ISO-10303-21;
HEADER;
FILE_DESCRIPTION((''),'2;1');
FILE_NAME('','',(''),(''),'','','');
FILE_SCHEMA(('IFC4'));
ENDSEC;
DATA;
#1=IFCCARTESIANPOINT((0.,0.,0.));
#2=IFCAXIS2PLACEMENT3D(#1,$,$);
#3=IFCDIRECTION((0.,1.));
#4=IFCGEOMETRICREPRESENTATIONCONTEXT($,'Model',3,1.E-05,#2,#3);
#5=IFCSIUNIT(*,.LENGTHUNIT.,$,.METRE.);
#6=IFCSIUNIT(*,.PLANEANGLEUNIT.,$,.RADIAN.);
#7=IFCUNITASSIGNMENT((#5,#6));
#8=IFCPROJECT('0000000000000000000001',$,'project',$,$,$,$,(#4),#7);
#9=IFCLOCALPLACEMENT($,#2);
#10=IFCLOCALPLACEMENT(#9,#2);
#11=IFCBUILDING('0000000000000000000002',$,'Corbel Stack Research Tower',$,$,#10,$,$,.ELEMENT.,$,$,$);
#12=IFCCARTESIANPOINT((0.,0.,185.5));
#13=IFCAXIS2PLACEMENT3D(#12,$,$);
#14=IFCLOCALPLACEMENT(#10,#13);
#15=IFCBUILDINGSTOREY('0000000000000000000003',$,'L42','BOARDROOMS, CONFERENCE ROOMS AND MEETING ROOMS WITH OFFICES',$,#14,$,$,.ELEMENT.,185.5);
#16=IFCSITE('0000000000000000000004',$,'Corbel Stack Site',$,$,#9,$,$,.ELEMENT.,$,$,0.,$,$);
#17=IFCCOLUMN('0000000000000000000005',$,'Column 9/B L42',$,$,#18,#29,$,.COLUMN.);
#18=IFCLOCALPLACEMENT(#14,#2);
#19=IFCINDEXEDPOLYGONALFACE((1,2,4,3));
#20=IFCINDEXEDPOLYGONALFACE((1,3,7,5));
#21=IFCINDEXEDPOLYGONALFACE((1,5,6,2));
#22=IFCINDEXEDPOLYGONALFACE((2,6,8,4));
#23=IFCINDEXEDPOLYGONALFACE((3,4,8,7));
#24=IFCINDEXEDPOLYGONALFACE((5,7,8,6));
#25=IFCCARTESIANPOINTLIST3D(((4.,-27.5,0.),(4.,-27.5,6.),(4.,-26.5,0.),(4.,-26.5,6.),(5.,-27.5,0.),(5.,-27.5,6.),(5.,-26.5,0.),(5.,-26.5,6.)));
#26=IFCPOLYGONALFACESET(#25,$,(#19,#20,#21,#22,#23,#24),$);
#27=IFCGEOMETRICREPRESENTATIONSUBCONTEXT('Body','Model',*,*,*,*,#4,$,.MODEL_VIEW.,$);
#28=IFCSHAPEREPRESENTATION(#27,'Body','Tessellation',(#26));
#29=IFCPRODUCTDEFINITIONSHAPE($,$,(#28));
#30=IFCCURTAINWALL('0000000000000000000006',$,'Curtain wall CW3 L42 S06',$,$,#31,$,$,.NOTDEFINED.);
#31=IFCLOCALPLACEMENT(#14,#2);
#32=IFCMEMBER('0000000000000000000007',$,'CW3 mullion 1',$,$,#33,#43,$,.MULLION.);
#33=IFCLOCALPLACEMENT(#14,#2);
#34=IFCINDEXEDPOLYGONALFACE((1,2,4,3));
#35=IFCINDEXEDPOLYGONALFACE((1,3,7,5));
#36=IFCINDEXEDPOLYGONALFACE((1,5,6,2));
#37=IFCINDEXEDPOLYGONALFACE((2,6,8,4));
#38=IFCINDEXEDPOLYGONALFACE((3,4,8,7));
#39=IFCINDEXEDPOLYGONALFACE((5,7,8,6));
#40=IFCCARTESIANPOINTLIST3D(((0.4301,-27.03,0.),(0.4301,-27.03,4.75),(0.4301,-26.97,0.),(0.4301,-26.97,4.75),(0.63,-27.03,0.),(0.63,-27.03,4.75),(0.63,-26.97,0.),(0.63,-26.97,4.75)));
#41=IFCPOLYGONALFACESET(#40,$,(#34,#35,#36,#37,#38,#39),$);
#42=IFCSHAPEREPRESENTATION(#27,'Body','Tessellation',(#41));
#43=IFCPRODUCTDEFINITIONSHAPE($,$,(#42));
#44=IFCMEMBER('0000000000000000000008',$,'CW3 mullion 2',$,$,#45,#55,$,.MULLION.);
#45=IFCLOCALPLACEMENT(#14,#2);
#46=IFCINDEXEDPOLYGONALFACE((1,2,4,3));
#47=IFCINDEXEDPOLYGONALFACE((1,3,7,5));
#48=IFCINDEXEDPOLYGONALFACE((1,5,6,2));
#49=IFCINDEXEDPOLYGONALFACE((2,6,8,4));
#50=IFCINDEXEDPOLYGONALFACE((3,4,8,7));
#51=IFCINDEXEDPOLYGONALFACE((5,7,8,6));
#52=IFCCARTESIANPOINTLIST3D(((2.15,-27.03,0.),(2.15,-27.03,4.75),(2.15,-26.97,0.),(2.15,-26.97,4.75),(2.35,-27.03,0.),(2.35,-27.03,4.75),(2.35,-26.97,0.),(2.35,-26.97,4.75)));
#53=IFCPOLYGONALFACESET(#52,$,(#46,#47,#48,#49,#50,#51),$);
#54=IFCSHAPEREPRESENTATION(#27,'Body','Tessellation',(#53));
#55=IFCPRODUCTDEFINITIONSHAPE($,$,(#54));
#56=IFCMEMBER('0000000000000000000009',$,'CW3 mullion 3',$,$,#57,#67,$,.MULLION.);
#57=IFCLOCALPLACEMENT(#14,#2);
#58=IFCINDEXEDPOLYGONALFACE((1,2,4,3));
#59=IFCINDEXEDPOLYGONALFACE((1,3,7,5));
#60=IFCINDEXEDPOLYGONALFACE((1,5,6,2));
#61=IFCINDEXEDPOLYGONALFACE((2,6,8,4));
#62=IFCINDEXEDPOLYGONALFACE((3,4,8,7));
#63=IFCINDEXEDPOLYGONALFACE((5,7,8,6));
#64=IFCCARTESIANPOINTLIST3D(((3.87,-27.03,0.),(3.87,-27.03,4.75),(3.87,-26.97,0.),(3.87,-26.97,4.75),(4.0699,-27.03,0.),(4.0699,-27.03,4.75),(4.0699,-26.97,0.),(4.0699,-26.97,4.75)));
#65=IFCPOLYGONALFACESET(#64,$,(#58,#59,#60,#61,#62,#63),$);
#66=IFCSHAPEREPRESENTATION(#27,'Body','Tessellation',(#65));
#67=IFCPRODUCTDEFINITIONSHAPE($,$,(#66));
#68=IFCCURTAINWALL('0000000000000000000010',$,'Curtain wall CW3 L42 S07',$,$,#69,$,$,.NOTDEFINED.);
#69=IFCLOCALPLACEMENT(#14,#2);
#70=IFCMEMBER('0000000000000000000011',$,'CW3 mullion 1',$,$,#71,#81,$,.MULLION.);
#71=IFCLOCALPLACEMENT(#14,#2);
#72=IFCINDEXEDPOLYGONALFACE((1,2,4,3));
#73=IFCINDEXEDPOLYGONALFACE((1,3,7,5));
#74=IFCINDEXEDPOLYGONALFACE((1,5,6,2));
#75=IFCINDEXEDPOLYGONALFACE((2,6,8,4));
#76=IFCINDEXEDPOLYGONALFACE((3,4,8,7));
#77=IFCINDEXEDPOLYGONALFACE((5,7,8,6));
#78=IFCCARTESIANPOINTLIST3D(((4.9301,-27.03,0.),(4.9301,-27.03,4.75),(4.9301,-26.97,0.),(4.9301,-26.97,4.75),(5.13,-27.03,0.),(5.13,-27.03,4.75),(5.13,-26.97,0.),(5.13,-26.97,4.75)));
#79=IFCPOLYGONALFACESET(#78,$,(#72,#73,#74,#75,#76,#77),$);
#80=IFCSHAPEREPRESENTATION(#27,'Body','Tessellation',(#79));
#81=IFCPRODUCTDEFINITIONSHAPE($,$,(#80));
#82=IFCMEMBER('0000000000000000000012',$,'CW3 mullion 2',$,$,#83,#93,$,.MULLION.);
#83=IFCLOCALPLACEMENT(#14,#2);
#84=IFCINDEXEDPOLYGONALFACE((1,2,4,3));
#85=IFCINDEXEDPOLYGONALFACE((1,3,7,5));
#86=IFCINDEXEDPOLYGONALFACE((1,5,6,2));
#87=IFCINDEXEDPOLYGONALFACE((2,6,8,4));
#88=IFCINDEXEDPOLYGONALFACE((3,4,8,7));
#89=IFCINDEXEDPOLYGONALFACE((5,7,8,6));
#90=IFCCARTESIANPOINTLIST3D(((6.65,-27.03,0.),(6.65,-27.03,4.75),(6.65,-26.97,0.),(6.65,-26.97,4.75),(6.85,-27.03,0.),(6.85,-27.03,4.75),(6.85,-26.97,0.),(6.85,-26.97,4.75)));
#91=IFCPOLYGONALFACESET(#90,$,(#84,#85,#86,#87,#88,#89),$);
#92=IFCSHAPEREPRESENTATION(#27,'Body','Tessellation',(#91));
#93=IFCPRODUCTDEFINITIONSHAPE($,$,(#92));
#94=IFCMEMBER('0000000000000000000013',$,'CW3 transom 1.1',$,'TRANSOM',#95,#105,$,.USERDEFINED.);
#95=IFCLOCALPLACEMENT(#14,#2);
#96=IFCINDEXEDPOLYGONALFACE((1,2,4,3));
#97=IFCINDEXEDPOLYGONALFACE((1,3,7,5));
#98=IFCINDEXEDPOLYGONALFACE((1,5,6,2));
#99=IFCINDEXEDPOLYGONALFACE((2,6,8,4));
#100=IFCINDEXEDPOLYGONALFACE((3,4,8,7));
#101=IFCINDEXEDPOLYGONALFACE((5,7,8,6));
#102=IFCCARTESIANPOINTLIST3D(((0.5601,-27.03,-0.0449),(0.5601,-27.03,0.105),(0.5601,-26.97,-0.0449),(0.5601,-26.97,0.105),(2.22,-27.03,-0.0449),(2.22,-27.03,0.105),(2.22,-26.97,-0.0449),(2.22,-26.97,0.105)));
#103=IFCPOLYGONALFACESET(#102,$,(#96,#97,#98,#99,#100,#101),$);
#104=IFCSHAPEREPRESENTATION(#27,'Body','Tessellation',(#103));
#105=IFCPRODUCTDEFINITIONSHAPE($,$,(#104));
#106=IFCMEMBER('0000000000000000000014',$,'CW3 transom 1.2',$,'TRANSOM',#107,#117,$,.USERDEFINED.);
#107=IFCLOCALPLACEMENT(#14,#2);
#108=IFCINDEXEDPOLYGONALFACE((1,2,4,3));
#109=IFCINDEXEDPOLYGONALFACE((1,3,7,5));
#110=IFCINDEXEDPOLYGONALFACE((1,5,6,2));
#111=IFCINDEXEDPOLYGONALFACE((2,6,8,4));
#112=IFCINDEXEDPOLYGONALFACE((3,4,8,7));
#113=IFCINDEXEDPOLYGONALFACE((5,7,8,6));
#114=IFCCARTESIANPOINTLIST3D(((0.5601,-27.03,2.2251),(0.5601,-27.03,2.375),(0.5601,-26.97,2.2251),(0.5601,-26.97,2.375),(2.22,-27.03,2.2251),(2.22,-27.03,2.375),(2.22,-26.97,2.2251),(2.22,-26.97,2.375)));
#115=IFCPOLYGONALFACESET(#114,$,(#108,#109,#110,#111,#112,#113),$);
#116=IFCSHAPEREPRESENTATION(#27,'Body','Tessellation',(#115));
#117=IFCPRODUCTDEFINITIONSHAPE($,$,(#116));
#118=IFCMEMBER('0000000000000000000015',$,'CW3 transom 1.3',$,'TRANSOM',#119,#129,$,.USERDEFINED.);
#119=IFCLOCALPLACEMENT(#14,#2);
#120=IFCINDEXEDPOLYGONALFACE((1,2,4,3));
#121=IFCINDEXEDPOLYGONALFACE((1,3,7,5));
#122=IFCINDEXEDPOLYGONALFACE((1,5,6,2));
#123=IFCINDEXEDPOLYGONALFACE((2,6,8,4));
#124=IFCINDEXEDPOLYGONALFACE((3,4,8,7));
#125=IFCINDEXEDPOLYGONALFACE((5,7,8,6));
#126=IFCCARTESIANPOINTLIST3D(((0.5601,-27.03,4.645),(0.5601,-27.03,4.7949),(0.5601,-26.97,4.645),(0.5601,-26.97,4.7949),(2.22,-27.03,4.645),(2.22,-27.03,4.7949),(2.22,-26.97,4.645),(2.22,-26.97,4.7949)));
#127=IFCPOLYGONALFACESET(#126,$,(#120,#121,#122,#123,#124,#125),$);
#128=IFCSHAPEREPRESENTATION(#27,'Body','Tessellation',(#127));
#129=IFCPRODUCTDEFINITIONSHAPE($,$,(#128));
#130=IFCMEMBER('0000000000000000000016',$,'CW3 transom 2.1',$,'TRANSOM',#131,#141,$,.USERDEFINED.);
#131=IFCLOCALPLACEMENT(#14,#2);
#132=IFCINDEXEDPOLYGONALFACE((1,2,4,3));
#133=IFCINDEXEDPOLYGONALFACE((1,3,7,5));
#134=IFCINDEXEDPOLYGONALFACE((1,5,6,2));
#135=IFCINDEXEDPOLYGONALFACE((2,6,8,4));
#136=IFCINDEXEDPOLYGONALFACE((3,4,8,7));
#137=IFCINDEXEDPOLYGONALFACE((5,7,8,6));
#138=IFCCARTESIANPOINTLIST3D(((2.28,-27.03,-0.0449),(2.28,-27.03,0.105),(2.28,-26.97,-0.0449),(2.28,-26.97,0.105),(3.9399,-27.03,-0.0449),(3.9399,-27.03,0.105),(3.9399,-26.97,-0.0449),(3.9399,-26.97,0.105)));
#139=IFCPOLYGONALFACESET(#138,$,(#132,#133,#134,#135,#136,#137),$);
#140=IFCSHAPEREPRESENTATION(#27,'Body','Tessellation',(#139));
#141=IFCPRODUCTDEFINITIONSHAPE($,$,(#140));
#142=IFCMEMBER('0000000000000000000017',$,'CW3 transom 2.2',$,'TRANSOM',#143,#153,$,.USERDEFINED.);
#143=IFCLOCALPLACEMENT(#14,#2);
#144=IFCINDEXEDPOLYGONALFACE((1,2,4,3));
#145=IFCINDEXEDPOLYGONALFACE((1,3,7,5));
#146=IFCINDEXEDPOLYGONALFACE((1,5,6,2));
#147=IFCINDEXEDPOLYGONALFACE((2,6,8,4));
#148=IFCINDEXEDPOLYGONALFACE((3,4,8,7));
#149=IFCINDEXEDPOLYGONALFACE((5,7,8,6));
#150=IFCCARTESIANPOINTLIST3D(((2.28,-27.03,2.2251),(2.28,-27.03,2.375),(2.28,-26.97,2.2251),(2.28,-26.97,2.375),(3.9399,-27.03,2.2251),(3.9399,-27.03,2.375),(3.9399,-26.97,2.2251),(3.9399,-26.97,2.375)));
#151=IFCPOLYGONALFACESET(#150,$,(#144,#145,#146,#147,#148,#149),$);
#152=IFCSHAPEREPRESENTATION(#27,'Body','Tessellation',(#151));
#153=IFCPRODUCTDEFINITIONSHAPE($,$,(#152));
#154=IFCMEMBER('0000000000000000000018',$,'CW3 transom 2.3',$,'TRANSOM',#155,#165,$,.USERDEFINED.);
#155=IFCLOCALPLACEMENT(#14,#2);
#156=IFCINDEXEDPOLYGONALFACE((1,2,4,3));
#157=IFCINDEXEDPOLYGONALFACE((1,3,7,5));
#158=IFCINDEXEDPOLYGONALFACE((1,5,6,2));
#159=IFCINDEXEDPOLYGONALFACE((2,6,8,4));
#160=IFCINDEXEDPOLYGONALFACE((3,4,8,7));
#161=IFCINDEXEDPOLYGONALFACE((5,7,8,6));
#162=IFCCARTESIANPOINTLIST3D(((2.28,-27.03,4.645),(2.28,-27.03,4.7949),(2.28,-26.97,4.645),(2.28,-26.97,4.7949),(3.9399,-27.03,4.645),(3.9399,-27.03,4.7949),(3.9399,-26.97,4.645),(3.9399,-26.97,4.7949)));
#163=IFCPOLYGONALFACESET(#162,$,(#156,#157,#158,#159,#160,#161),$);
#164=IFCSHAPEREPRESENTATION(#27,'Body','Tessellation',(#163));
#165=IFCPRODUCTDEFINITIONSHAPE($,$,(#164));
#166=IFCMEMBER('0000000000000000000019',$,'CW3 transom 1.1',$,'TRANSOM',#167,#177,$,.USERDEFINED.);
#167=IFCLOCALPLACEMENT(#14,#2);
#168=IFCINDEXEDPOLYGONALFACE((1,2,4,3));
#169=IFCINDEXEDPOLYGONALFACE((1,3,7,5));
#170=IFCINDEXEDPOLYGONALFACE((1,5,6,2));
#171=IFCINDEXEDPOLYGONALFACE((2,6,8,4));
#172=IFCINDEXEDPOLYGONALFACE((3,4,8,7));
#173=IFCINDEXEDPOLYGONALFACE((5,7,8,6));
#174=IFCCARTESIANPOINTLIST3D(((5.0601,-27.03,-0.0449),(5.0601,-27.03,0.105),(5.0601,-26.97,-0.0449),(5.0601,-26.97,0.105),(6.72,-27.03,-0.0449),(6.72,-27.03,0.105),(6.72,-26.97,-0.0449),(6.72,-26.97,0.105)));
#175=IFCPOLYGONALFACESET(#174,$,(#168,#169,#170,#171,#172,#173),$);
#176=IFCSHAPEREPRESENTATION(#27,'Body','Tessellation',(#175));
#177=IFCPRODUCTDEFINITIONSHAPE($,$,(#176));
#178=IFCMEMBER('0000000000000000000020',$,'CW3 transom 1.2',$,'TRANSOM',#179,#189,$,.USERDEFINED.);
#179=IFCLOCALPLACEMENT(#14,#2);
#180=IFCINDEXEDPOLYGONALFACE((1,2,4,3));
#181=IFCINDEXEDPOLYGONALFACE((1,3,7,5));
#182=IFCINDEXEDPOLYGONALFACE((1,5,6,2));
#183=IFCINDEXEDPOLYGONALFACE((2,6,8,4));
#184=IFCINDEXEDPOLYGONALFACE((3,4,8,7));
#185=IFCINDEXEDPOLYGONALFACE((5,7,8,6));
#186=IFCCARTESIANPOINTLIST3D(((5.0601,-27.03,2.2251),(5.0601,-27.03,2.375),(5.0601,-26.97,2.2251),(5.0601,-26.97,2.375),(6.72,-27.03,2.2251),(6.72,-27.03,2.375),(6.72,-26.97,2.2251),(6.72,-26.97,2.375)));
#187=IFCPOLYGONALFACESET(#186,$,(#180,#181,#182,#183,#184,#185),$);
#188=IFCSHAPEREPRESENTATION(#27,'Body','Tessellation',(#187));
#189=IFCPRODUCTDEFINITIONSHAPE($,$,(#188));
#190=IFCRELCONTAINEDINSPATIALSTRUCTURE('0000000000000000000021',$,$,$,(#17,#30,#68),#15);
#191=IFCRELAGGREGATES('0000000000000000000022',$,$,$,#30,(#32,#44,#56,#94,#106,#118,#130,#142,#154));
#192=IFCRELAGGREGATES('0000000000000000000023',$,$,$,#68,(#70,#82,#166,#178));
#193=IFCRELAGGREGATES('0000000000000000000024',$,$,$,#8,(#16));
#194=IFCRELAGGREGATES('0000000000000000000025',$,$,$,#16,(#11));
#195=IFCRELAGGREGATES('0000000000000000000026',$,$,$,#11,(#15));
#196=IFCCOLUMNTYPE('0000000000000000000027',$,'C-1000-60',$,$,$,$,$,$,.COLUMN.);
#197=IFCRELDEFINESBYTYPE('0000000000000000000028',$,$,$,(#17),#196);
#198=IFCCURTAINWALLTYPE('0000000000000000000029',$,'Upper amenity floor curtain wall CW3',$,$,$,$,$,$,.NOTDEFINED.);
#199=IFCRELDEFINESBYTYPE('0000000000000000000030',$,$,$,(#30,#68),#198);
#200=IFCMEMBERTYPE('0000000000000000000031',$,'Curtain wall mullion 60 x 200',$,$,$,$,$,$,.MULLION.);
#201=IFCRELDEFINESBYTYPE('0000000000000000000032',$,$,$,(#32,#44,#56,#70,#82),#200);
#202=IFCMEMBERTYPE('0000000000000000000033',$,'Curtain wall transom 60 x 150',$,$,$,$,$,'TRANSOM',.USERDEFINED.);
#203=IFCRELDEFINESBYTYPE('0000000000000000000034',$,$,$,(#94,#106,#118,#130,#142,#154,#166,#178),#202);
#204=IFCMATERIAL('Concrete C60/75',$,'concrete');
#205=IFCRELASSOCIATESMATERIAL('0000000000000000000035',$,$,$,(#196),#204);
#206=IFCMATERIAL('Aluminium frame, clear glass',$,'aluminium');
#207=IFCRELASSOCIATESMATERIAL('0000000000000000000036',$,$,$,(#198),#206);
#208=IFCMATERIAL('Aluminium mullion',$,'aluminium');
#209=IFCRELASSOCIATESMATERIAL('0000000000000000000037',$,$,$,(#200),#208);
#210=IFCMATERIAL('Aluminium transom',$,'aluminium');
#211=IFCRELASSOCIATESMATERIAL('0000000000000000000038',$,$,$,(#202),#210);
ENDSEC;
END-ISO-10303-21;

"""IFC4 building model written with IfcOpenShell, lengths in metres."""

from ifc_helpers import new_model, si_unit, direction, frame, origin, origin_2d, place, context, subcontext, project, spatial, rectangle, extrude, material, material_profile, profile_set, type_object, element, aggregate, save


model = new_model("IFC4")

# Units and contexts
model_context = context("Model", 3, precision=1e-05, world=origin(), true_north=direction((0.0, 1.0)))
body_context = subcontext(model_context, "Body", "Model", "MODEL_VIEW")
ifc_project = project(units=[si_unit("LENGTHUNIT", "METRE"), si_unit("PLANEANGLEUNIT", "RADIAN")], contexts=[model_context])

# Site, building, storey
site_placement = place(None, origin())
site = spatial("IfcSite", under=ifc_project, at=site_placement, Name="Corbel Stack Site", CompositionType="ELEMENT", RefElevation=0.0)
building_placement = place(site_placement, origin())
building = spatial("IfcBuilding", under=site, at=building_placement, Name="Corbel Stack Research Tower", CompositionType="ELEMENT")
storey_placement = place(building_placement, frame((0.0, 0.0, 185.5)))
storey = spatial("IfcBuildingStorey", under=building, at=storey_placement, Name="L42", Description="BOARDROOMS, CONFERENCE ROOMS AND MEETING ROOMS WITH OFFICES", CompositionType="ELEMENT", Elevation=185.5)

# Column
ifc_material_1 = material(Name="Concrete C60/75", Category="concrete")
ifc_material_profile_1 = material_profile(ifc_material_1, rectangle(XDim=1.0, YDim=1.0, at=origin_2d()), Name="RC 1000 x 1000")
ifc_profile_set_1 = profile_set([ifc_material_profile_1], Name="Concrete C60/75")
column_type = type_object("IfcColumnType", Name="C-1000-60", PredefinedType="COLUMN", material=ifc_profile_set_1)
column_placement = place(storey_placement, frame((4.5, -27.0, 0.0), z_axis=(0.0, 0.0, 1.0), x_axis=(1.0, 0.0, 0.0)))
element("IfcColumn", 1, at=column_placement, inside=storey, type_object=column_type, Name="Column 9/B L42", PredefinedType="COLUMN", context=body_context, shape_type="SweptSolid", body=[
    extrude(rectangle(XDim=1.0, YDim=1.0, at=origin_2d()), origin(), (0.0, 0.0, 1.0), 6.0),
])

# Curtain walls, members
ifc_material_2 = material(Name="Aluminium frame, clear glass", Category="aluminium")
curtain_wall_type = type_object("IfcCurtainWallType", Name="Upper amenity floor curtain wall CW3", PredefinedType="NOTDEFINED", material=ifc_material_2)
curtain_wall_1_placement = place(storey_placement, origin())
curtain_wall_1 = element("IfcCurtainWall", 2, at=curtain_wall_1_placement, inside=storey, type_object=curtain_wall_type, Name="Curtain wall CW3 L42 S06", PredefinedType="NOTDEFINED")
ifc_material_3 = material(Name="Aluminium mullion", Category="aluminium")
ifc_material_profile_2 = material_profile(ifc_material_3, rectangle(XDim=0.0601, YDim=0.2, at=origin_2d()), Name="Mullion 60 x 200")
ifc_profile_set_2 = profile_set([ifc_material_profile_2], Name="Aluminium mullion")
member_type_1 = type_object("IfcMemberType", Name="Curtain wall mullion 60 x 200", PredefinedType="MULLION", material=ifc_profile_set_2)
member_1_placement = place(storey_placement, frame((0.53, -27.0, 0.0), z_axis=(0.0, 0.0, 1.0), x_axis=(0.0, 1.0, 0.0)))
member_1 = element("IfcMember", 3, at=member_1_placement, type_object=member_type_1, Name="CW3 mullion 1", PredefinedType="MULLION", context=body_context, shape_type="SweptSolid", body=[
    extrude(rectangle(XDim=0.0601, YDim=0.2, at=origin_2d()), origin(), (0.0, 0.0, 1.0), 4.75),
])
member_2_placement = place(storey_placement, frame((2.25, -27.0, 0.0), z_axis=(0.0, 0.0, 1.0), x_axis=(0.0, 1.0, 0.0)))
member_2 = element("IfcMember", 4, at=member_2_placement, type_object=member_type_1, Name="CW3 mullion 2", PredefinedType="MULLION", context=body_context, shape_type="SweptSolid", body=[
    extrude(rectangle(XDim=0.0601, YDim=0.2, at=origin_2d()), origin(), (0.0, 0.0, 1.0), 4.75),
])
member_3_placement = place(storey_placement, frame((3.97, -27.0, 0.0), z_axis=(0.0, 0.0, 1.0), x_axis=(0.0, 1.0, 0.0)))
member_3 = element("IfcMember", 5, at=member_3_placement, type_object=member_type_1, Name="CW3 mullion 3", PredefinedType="MULLION", context=body_context, shape_type="SweptSolid", body=[
    extrude(rectangle(XDim=0.0601, YDim=0.2, at=origin_2d()), origin(), (0.0, 0.0, 1.0), 4.75),
])
curtain_wall_2_placement = place(storey_placement, origin())
curtain_wall_2 = element("IfcCurtainWall", 6, at=curtain_wall_2_placement, inside=storey, type_object=curtain_wall_type, Name="Curtain wall CW3 L42 S07", PredefinedType="NOTDEFINED")
member_4_placement = place(storey_placement, frame((5.03, -27.0, 0.0), z_axis=(0.0, 0.0, 1.0), x_axis=(0.0, 1.0, 0.0)))
member_4 = element("IfcMember", 7, at=member_4_placement, type_object=member_type_1, Name="CW3 mullion 1", PredefinedType="MULLION", context=body_context, shape_type="SweptSolid", body=[
    extrude(rectangle(XDim=0.0601, YDim=0.2, at=origin_2d()), origin(), (0.0, 0.0, 1.0), 4.75),
])
member_5_placement = place(storey_placement, frame((6.75, -27.0, 0.0), z_axis=(0.0, 0.0, 1.0), x_axis=(0.0, 1.0, 0.0)))
member_5 = element("IfcMember", 8, at=member_5_placement, type_object=member_type_1, Name="CW3 mullion 2", PredefinedType="MULLION", context=body_context, shape_type="SweptSolid", body=[
    extrude(rectangle(XDim=0.0601, YDim=0.2, at=origin_2d()), origin(), (0.0, 0.0, 1.0), 4.75),
])

# Members
ifc_material_4 = material(Name="Aluminium transom", Category="aluminium")
ifc_material_profile_3 = material_profile(ifc_material_4, rectangle(XDim=0.0601, YDim=0.1499, at=origin_2d()), Name="Transom 60 x 150")
ifc_profile_set_3 = profile_set([ifc_material_profile_3], Name="Aluminium transom")
member_type_2 = type_object("IfcMemberType", Name="Curtain wall transom 60 x 150", ElementType="TRANSOM", PredefinedType="USERDEFINED", material=ifc_profile_set_3)
member_6_placement = place(storey_placement, frame((0.5601, -27.0, 0.03), z_axis=(1.0, 0.0, 0.0), x_axis=(0.0, 1.0, 0.0)))
member_6 = element("IfcMember", 9, at=member_6_placement, type_object=member_type_2, Name="CW3 transom 1.1", ObjectType="TRANSOM", PredefinedType="USERDEFINED", context=body_context, shape_type="SweptSolid", body=[
    extrude(rectangle(XDim=0.0601, YDim=0.1499, at=origin_2d()), origin(), (0.0, 0.0, 1.0), 1.6599),
])
member_7_placement = place(storey_placement, frame((0.5601, -27.0, 2.3), z_axis=(1.0, 0.0, 0.0), x_axis=(0.0, 1.0, 0.0)))
member_7 = element("IfcMember", 10, at=member_7_placement, type_object=member_type_2, Name="CW3 transom 1.2", ObjectType="TRANSOM", PredefinedType="USERDEFINED", context=body_context, shape_type="SweptSolid", body=[
    extrude(rectangle(XDim=0.0601, YDim=0.1499, at=origin_2d()), origin(), (0.0, 0.0, 1.0), 1.6599),
])
member_8_placement = place(storey_placement, frame((0.5601, -27.0, 4.72), z_axis=(1.0, 0.0, 0.0), x_axis=(0.0, 1.0, 0.0)))
member_8 = element("IfcMember", 11, at=member_8_placement, type_object=member_type_2, Name="CW3 transom 1.3", ObjectType="TRANSOM", PredefinedType="USERDEFINED", context=body_context, shape_type="SweptSolid", body=[
    extrude(rectangle(XDim=0.0601, YDim=0.1499, at=origin_2d()), origin(), (0.0, 0.0, 1.0), 1.6599),
])
member_9_placement = place(storey_placement, frame((2.28, -27.0, 0.03), z_axis=(1.0, 0.0, 0.0), x_axis=(0.0, 1.0, 0.0)))
member_9 = element("IfcMember", 12, at=member_9_placement, type_object=member_type_2, Name="CW3 transom 2.1", ObjectType="TRANSOM", PredefinedType="USERDEFINED", context=body_context, shape_type="SweptSolid", body=[
    extrude(rectangle(XDim=0.0601, YDim=0.1499, at=origin_2d()), origin(), (0.0, 0.0, 1.0), 1.6599),
])
member_10_placement = place(storey_placement, frame((2.28, -27.0, 2.3), z_axis=(1.0, 0.0, 0.0), x_axis=(0.0, 1.0, 0.0)))
member_10 = element("IfcMember", 13, at=member_10_placement, type_object=member_type_2, Name="CW3 transom 2.2", ObjectType="TRANSOM", PredefinedType="USERDEFINED", context=body_context, shape_type="SweptSolid", body=[
    extrude(rectangle(XDim=0.0601, YDim=0.1499, at=origin_2d()), origin(), (0.0, 0.0, 1.0), 1.6599),
])
member_11_placement = place(storey_placement, frame((2.28, -27.0, 4.72), z_axis=(1.0, 0.0, 0.0), x_axis=(0.0, 1.0, 0.0)))
member_11 = element("IfcMember", 14, at=member_11_placement, type_object=member_type_2, Name="CW3 transom 2.3", ObjectType="TRANSOM", PredefinedType="USERDEFINED", context=body_context, shape_type="SweptSolid", body=[
    extrude(rectangle(XDim=0.0601, YDim=0.1499, at=origin_2d()), origin(), (0.0, 0.0, 1.0), 1.6599),
])
member_12_placement = place(storey_placement, frame((5.0601, -27.0, 0.03), z_axis=(1.0, 0.0, 0.0), x_axis=(0.0, 1.0, 0.0)))
member_12 = element("IfcMember", 15, at=member_12_placement, type_object=member_type_2, Name="CW3 transom 1.1", ObjectType="TRANSOM", PredefinedType="USERDEFINED", context=body_context, shape_type="SweptSolid", body=[
    extrude(rectangle(XDim=0.0601, YDim=0.1499, at=origin_2d()), origin(), (0.0, 0.0, 1.0), 1.6599),
])
member_13_placement = place(storey_placement, frame((5.0601, -27.0, 2.3), z_axis=(1.0, 0.0, 0.0), x_axis=(0.0, 1.0, 0.0)))
member_13 = element("IfcMember", 16, at=member_13_placement, type_object=member_type_2, Name="CW3 transom 1.2", ObjectType="TRANSOM", PredefinedType="USERDEFINED", context=body_context, shape_type="SweptSolid", body=[
    extrude(rectangle(XDim=0.0601, YDim=0.1499, at=origin_2d()), origin(), (0.0, 0.0, 1.0), 1.6599),
])

aggregate(curtain_wall_1, [member_1, member_2, member_3, member_6, member_7, member_8, member_9, member_10, member_11])
aggregate(curtain_wall_2, [member_4, member_5, member_12, member_13])

save(model, "model.ifc")
